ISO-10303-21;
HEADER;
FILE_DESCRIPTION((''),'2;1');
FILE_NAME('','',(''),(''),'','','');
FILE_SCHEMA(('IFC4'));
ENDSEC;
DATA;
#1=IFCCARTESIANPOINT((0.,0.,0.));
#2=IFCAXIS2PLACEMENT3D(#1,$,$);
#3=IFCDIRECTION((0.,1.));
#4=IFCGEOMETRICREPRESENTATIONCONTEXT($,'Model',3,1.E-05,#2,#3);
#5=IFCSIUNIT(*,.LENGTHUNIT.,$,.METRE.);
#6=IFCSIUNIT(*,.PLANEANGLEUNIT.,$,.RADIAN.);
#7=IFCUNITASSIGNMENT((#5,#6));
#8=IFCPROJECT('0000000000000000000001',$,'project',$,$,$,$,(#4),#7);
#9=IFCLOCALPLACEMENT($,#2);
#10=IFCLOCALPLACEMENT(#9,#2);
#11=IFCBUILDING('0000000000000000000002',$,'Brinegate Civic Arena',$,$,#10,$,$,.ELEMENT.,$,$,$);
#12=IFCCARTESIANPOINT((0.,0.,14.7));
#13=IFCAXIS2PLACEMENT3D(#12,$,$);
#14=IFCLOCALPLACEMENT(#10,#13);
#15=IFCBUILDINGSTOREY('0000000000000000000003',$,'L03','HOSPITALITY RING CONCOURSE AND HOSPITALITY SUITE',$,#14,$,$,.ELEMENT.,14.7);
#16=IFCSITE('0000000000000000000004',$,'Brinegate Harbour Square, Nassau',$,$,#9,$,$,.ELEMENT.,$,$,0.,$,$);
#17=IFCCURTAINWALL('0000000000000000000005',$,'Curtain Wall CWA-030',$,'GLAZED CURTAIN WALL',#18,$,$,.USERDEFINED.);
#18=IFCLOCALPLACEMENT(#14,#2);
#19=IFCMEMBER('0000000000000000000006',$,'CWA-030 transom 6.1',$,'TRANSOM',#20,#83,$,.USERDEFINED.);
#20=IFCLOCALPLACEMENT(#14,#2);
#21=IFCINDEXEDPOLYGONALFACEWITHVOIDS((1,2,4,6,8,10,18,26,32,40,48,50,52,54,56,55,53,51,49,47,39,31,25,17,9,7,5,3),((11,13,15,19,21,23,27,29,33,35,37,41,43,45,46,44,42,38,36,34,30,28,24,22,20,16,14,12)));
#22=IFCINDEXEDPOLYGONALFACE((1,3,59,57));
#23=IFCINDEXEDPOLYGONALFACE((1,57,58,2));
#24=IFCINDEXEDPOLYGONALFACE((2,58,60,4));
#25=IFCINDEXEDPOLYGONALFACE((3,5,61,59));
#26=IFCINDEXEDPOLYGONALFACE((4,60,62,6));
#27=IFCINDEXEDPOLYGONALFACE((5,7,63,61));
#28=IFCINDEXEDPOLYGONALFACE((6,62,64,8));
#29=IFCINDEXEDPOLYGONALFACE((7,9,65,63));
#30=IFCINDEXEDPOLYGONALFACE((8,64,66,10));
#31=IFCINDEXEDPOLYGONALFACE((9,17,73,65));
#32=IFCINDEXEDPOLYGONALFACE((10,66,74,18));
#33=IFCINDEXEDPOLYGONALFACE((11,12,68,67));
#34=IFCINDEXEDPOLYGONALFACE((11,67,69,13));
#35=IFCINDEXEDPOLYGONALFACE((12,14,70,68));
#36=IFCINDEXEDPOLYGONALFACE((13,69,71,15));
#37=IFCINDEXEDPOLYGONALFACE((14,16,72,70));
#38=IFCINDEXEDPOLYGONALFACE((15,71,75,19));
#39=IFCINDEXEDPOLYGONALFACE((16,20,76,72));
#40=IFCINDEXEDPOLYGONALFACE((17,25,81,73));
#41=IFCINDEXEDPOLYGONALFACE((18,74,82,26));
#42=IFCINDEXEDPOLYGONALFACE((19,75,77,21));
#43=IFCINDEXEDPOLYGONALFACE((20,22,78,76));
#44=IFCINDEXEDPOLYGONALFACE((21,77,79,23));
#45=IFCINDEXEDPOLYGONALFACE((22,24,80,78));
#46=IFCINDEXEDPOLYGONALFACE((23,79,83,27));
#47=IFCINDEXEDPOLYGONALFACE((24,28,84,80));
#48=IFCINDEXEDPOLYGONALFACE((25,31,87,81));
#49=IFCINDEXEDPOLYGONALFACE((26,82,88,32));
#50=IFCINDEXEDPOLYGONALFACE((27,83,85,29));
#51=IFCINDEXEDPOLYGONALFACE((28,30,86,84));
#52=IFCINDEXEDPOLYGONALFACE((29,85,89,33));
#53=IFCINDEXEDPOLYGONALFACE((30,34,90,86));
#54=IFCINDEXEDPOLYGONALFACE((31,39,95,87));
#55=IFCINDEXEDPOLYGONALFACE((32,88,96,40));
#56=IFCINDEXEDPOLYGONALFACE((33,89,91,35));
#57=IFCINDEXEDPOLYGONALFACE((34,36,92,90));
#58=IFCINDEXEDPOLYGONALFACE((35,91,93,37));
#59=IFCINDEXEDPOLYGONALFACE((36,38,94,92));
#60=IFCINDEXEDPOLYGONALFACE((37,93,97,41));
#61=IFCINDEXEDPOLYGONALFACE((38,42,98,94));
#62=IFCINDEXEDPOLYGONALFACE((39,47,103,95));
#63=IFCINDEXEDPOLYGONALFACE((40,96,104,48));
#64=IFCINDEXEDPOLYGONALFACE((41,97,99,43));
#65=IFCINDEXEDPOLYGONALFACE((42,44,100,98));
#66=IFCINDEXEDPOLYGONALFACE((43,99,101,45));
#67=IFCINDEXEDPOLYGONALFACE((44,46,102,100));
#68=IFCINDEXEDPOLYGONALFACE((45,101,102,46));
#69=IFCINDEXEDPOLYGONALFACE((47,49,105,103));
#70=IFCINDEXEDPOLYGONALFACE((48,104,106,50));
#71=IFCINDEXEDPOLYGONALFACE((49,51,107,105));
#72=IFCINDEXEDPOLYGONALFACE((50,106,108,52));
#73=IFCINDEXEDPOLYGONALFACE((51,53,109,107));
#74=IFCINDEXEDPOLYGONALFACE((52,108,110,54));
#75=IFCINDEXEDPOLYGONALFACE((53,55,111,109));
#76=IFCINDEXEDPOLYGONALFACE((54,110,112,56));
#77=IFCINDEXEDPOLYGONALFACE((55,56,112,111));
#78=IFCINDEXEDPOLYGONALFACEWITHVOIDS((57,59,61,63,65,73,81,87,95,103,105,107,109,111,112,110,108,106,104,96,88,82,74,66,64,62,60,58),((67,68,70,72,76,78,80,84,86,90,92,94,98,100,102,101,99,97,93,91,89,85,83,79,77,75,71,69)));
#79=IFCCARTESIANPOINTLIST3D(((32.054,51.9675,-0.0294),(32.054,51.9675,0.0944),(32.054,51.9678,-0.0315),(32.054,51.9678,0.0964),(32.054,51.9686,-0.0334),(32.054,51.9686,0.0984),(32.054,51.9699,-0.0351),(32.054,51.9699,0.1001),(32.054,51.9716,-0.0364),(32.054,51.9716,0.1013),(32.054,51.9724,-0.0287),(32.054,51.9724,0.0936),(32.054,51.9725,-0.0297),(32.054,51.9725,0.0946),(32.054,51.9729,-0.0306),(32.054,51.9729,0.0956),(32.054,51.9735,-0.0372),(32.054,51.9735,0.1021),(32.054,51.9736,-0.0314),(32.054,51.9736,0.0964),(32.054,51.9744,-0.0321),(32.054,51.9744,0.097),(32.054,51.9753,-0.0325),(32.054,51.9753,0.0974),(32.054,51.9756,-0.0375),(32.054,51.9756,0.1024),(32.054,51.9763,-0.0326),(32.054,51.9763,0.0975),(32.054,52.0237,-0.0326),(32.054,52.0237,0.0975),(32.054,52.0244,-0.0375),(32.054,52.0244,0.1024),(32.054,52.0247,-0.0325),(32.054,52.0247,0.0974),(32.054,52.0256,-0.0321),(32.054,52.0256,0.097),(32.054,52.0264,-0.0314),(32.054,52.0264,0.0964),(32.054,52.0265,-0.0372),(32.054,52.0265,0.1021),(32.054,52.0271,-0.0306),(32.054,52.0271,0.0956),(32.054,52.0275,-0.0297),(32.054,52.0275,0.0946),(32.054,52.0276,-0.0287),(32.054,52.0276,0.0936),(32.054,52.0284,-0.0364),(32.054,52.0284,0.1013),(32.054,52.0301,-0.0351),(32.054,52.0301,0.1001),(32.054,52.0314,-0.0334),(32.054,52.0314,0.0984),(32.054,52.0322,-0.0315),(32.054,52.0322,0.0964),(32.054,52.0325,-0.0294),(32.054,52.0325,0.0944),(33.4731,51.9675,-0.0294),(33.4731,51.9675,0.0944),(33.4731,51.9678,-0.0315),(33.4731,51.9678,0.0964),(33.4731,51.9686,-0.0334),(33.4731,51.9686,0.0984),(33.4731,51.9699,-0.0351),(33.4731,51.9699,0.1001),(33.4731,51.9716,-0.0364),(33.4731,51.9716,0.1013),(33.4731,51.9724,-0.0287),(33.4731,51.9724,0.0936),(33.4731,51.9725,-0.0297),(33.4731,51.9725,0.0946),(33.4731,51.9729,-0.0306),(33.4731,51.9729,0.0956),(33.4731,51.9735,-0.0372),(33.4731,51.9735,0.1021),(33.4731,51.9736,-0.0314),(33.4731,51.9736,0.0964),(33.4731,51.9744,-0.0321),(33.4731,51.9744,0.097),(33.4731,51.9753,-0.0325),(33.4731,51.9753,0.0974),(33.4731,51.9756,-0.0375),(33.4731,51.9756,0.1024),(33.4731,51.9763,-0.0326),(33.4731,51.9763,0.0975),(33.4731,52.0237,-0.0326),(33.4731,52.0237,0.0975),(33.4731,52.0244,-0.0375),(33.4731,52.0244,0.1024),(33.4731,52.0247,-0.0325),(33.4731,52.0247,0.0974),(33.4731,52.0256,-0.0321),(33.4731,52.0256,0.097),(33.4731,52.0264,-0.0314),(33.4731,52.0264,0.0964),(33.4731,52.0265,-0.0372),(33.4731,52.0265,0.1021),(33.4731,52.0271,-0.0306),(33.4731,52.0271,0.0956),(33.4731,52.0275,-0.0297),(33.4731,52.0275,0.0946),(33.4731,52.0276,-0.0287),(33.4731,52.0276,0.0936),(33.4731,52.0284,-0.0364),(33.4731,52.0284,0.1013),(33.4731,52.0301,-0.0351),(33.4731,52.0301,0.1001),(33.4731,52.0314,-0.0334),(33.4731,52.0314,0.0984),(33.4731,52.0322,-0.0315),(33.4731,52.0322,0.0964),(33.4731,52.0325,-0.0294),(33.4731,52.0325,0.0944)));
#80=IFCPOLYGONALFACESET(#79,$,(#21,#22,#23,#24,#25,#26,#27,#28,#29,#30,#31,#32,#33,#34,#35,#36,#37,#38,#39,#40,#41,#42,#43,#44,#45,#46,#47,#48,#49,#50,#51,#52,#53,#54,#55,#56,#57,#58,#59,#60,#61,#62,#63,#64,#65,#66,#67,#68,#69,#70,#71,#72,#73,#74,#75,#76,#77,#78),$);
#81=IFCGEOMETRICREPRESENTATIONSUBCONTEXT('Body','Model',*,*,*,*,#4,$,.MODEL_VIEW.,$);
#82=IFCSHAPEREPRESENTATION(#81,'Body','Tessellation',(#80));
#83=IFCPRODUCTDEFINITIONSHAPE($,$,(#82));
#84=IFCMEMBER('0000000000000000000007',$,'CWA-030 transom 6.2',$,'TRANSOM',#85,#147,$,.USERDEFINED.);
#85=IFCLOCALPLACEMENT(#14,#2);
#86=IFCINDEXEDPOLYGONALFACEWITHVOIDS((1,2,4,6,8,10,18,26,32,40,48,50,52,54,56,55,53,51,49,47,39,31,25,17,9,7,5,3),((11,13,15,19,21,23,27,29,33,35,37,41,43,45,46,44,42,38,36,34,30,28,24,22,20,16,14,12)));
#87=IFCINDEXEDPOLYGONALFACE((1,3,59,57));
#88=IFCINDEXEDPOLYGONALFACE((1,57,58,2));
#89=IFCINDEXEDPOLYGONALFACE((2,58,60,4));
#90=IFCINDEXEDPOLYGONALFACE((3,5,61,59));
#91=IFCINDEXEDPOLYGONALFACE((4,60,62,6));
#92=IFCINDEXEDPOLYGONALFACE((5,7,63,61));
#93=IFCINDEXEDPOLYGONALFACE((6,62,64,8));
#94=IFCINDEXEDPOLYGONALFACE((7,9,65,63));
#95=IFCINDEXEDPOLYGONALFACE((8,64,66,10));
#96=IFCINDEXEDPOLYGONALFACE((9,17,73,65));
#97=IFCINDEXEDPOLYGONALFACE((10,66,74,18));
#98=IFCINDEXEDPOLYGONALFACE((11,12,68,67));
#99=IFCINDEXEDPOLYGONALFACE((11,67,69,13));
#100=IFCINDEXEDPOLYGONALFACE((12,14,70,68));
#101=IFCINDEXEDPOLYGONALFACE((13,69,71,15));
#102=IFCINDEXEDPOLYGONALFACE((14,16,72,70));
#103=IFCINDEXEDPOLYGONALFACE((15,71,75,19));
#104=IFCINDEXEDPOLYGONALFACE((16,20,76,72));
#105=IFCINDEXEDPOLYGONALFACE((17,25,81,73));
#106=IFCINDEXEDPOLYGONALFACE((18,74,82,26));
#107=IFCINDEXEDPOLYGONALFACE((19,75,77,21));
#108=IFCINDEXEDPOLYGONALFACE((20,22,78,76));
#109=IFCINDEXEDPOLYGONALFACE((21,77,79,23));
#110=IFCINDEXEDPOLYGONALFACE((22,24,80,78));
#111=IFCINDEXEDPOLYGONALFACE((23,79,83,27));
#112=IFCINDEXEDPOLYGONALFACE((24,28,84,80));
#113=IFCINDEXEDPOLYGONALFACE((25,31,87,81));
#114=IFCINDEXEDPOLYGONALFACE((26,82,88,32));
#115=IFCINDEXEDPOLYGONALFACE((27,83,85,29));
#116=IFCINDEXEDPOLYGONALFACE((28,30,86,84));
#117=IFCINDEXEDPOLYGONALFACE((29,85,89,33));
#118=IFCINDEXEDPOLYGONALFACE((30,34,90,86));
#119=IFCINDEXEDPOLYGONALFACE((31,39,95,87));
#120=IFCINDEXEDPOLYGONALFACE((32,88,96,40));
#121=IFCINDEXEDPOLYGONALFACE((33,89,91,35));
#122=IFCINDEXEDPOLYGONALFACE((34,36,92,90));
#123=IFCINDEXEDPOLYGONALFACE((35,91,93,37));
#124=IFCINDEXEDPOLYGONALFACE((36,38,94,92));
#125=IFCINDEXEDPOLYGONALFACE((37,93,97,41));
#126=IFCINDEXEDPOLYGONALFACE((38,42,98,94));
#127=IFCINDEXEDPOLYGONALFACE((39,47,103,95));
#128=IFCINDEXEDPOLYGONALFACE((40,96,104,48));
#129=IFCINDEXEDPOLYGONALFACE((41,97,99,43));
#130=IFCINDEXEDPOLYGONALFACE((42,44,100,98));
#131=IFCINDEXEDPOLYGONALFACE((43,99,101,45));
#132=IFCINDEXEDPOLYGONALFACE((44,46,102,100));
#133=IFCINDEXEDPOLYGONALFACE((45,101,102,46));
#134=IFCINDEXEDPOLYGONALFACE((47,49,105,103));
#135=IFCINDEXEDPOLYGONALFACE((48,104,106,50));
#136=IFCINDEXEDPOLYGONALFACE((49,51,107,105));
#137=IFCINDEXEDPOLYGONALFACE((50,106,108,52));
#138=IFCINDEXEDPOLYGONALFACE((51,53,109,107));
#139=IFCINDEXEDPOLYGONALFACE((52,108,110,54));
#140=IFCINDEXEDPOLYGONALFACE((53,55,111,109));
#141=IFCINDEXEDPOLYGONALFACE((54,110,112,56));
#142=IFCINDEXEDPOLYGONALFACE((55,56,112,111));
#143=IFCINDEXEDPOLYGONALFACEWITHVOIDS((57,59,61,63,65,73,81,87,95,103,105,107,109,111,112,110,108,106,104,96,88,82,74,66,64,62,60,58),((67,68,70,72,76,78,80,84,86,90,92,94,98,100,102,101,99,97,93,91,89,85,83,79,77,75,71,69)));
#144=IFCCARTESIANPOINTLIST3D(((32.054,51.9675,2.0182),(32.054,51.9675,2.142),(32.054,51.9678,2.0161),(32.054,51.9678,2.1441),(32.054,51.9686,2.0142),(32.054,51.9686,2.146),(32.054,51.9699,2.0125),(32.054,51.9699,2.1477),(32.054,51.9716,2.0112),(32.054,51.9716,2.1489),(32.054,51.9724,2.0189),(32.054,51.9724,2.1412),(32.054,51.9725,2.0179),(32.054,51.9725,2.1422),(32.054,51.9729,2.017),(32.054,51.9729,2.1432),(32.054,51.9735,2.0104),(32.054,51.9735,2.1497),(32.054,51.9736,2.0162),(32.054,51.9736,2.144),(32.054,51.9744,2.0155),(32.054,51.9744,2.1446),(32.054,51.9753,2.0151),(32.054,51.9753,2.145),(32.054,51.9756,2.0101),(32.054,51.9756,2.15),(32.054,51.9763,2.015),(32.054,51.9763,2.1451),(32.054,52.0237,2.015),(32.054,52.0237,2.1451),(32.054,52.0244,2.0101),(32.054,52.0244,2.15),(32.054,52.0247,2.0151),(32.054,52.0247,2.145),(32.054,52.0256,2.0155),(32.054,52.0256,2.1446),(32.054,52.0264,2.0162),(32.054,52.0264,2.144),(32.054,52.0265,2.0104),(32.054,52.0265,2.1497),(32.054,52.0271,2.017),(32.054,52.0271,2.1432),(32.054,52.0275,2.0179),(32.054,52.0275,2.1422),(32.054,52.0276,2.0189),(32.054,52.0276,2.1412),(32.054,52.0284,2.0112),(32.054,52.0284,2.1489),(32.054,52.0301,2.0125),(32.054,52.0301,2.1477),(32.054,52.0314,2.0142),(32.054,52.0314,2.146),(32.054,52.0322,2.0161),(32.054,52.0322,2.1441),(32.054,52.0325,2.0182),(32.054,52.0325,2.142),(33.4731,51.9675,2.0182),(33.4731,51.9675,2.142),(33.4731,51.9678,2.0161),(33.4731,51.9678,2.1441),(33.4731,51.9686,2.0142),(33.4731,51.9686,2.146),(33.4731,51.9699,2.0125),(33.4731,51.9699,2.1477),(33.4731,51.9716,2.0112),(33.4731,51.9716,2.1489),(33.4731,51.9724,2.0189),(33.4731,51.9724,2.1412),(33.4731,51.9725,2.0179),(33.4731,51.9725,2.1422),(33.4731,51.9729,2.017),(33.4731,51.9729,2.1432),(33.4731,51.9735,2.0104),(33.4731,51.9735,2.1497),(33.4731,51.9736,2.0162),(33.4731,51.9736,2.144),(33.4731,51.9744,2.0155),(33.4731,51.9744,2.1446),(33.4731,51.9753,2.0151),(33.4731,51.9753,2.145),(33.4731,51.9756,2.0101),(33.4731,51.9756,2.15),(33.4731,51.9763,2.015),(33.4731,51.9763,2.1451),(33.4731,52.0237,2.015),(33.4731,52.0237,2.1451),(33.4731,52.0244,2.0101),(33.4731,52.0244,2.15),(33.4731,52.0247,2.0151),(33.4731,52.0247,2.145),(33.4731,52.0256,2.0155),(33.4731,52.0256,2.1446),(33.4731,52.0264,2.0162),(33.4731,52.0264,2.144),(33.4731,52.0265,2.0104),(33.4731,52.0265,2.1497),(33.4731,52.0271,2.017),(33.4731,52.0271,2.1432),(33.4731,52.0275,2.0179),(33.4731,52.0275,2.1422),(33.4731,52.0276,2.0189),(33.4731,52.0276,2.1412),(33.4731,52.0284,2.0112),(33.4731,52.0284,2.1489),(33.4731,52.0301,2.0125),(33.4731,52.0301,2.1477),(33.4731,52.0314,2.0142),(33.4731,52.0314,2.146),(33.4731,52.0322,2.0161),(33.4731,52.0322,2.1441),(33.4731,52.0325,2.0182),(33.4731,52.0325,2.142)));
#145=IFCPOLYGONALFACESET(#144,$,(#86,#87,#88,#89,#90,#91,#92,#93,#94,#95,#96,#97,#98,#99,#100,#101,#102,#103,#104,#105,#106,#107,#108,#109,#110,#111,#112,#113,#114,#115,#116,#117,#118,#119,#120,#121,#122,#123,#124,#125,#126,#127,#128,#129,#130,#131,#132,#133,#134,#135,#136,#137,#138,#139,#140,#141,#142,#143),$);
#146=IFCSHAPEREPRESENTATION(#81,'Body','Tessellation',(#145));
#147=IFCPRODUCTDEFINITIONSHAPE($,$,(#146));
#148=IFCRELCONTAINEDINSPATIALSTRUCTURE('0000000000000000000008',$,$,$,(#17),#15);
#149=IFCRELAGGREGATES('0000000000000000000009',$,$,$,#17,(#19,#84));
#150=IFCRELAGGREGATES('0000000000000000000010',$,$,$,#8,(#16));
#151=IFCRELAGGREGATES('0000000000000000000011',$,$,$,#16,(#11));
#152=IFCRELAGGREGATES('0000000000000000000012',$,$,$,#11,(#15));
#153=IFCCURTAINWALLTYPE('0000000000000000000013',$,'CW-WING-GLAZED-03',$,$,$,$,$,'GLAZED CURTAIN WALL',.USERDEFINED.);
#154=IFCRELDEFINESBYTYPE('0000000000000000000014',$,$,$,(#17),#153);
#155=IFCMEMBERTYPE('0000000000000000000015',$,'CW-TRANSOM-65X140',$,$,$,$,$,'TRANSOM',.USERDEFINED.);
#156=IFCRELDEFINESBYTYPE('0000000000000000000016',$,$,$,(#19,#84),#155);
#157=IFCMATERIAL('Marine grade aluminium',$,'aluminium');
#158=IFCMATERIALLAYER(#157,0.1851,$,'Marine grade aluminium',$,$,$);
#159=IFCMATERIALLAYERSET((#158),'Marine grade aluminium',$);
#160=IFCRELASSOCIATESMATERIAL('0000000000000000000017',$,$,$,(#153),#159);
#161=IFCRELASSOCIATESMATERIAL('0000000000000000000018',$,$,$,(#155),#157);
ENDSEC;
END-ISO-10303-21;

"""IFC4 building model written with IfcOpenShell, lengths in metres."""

from ifc_helpers import new_model, si_unit, direction, frame, origin, origin_2d, place, context, subcontext, project, spatial, hollow_rectangle, extrude, material, layer, layer_set, material_profile, profile_set, type_object, element, aggregate, save


model = new_model("IFC4")

# Units and contexts
model_context = context("Model", 3, precision=1e-05, world=origin(), true_north=direction((0.0, 1.0)))
body_context = subcontext(model_context, "Body", "Model", "MODEL_VIEW")
ifc_project = project(units=[si_unit("LENGTHUNIT", "METRE"), si_unit("PLANEANGLEUNIT", "RADIAN")], contexts=[model_context])

# Site, building, storey
site_placement = place(None, origin())
site = spatial("IfcSite", under=ifc_project, at=site_placement, Name="Brinegate Harbour Square, Nassau", CompositionType="ELEMENT", RefElevation=0.0)
building_placement = place(site_placement, origin())
building = spatial("IfcBuilding", under=site, at=building_placement, Name="Brinegate Civic Arena", CompositionType="ELEMENT")
storey_placement = place(building_placement, frame((0.0, 0.0, 14.7)))
storey = spatial("IfcBuildingStorey", under=building, at=storey_placement, Name="L03", Description="HOSPITALITY RING CONCOURSE AND HOSPITALITY SUITE", CompositionType="ELEMENT", Elevation=14.7)

# Curtain wall
ifc_material_1 = material(Name="Marine grade aluminium", Category="aluminium")
ifc_layer_1 = layer(ifc_material_1, 0.1851, Name="Marine grade aluminium")
ifc_layer_set_1 = layer_set([ifc_layer_1], Name="Marine grade aluminium")
curtain_wall_type = type_object("IfcCurtainWallType", Name="CW-WING-GLAZED-03", ElementType="GLAZED CURTAIN WALL", PredefinedType="USERDEFINED", material=ifc_layer_set_1)
curtain_wall_1_placement = place(storey_placement, origin())
curtain_wall_1 = element("IfcCurtainWall", 1, at=curtain_wall_1_placement, inside=storey, type_object=curtain_wall_type, Name="Curtain Wall CWA-030", ObjectType="GLAZED CURTAIN WALL", PredefinedType="USERDEFINED")

# Members
ifc_material_profile_1 = material_profile(ifc_material_1, hollow_rectangle(XDim=0.0649, YDim=0.1399, WallThickness=0.0049, InnerFilletRadius=0.0039, OuterFilletRadius=0.0081, at=origin_2d()), Name="TRN65X140")
ifc_profile_set_1 = profile_set([ifc_material_profile_1], Name="Marine grade aluminium")
member_type_1 = type_object("IfcMemberType", Name="CW-TRANSOM-65X140", ElementType="TRANSOM", PredefinedType="USERDEFINED", material=ifc_profile_set_1)
member_1_placement = place(storey_placement, frame((32.054, 52.0, 0.0325), z_axis=(1.0, 0.0, 0.0), x_axis=(0.0, 1.0, 0.0)))
member_1 = element("IfcMember", 2, at=member_1_placement, type_object=member_type_1, Name="CWA-030 transom 6.1", ObjectType="TRANSOM", PredefinedType="USERDEFINED", context=body_context, shape_type="SweptSolid", body=[
    extrude(hollow_rectangle(XDim=0.0649, YDim=0.1399, WallThickness=0.0049, InnerFilletRadius=0.0039, OuterFilletRadius=0.0081, at=origin_2d()), origin(), (0.0, 0.0, 1.0), 1.4192),
])
member_2_placement = place(storey_placement, frame((32.054, 52.0, 2.0801), z_axis=(1.0, 0.0, 0.0), x_axis=(0.0, 1.0, 0.0)))
member_2 = element("IfcMember", 3, at=member_2_placement, type_object=member_type_1, Name="CWA-030 transom 6.2", ObjectType="TRANSOM", PredefinedType="USERDEFINED", context=body_context, shape_type="SweptSolid", body=[
    extrude(hollow_rectangle(XDim=0.0649, YDim=0.1399, WallThickness=0.0049, InnerFilletRadius=0.0039, OuterFilletRadius=0.0081, at=origin_2d()), origin(), (0.0, 0.0, 1.0), 1.4192),
])

aggregate(curtain_wall_1, [member_1, member_2])

save(model, "model.ifc")
